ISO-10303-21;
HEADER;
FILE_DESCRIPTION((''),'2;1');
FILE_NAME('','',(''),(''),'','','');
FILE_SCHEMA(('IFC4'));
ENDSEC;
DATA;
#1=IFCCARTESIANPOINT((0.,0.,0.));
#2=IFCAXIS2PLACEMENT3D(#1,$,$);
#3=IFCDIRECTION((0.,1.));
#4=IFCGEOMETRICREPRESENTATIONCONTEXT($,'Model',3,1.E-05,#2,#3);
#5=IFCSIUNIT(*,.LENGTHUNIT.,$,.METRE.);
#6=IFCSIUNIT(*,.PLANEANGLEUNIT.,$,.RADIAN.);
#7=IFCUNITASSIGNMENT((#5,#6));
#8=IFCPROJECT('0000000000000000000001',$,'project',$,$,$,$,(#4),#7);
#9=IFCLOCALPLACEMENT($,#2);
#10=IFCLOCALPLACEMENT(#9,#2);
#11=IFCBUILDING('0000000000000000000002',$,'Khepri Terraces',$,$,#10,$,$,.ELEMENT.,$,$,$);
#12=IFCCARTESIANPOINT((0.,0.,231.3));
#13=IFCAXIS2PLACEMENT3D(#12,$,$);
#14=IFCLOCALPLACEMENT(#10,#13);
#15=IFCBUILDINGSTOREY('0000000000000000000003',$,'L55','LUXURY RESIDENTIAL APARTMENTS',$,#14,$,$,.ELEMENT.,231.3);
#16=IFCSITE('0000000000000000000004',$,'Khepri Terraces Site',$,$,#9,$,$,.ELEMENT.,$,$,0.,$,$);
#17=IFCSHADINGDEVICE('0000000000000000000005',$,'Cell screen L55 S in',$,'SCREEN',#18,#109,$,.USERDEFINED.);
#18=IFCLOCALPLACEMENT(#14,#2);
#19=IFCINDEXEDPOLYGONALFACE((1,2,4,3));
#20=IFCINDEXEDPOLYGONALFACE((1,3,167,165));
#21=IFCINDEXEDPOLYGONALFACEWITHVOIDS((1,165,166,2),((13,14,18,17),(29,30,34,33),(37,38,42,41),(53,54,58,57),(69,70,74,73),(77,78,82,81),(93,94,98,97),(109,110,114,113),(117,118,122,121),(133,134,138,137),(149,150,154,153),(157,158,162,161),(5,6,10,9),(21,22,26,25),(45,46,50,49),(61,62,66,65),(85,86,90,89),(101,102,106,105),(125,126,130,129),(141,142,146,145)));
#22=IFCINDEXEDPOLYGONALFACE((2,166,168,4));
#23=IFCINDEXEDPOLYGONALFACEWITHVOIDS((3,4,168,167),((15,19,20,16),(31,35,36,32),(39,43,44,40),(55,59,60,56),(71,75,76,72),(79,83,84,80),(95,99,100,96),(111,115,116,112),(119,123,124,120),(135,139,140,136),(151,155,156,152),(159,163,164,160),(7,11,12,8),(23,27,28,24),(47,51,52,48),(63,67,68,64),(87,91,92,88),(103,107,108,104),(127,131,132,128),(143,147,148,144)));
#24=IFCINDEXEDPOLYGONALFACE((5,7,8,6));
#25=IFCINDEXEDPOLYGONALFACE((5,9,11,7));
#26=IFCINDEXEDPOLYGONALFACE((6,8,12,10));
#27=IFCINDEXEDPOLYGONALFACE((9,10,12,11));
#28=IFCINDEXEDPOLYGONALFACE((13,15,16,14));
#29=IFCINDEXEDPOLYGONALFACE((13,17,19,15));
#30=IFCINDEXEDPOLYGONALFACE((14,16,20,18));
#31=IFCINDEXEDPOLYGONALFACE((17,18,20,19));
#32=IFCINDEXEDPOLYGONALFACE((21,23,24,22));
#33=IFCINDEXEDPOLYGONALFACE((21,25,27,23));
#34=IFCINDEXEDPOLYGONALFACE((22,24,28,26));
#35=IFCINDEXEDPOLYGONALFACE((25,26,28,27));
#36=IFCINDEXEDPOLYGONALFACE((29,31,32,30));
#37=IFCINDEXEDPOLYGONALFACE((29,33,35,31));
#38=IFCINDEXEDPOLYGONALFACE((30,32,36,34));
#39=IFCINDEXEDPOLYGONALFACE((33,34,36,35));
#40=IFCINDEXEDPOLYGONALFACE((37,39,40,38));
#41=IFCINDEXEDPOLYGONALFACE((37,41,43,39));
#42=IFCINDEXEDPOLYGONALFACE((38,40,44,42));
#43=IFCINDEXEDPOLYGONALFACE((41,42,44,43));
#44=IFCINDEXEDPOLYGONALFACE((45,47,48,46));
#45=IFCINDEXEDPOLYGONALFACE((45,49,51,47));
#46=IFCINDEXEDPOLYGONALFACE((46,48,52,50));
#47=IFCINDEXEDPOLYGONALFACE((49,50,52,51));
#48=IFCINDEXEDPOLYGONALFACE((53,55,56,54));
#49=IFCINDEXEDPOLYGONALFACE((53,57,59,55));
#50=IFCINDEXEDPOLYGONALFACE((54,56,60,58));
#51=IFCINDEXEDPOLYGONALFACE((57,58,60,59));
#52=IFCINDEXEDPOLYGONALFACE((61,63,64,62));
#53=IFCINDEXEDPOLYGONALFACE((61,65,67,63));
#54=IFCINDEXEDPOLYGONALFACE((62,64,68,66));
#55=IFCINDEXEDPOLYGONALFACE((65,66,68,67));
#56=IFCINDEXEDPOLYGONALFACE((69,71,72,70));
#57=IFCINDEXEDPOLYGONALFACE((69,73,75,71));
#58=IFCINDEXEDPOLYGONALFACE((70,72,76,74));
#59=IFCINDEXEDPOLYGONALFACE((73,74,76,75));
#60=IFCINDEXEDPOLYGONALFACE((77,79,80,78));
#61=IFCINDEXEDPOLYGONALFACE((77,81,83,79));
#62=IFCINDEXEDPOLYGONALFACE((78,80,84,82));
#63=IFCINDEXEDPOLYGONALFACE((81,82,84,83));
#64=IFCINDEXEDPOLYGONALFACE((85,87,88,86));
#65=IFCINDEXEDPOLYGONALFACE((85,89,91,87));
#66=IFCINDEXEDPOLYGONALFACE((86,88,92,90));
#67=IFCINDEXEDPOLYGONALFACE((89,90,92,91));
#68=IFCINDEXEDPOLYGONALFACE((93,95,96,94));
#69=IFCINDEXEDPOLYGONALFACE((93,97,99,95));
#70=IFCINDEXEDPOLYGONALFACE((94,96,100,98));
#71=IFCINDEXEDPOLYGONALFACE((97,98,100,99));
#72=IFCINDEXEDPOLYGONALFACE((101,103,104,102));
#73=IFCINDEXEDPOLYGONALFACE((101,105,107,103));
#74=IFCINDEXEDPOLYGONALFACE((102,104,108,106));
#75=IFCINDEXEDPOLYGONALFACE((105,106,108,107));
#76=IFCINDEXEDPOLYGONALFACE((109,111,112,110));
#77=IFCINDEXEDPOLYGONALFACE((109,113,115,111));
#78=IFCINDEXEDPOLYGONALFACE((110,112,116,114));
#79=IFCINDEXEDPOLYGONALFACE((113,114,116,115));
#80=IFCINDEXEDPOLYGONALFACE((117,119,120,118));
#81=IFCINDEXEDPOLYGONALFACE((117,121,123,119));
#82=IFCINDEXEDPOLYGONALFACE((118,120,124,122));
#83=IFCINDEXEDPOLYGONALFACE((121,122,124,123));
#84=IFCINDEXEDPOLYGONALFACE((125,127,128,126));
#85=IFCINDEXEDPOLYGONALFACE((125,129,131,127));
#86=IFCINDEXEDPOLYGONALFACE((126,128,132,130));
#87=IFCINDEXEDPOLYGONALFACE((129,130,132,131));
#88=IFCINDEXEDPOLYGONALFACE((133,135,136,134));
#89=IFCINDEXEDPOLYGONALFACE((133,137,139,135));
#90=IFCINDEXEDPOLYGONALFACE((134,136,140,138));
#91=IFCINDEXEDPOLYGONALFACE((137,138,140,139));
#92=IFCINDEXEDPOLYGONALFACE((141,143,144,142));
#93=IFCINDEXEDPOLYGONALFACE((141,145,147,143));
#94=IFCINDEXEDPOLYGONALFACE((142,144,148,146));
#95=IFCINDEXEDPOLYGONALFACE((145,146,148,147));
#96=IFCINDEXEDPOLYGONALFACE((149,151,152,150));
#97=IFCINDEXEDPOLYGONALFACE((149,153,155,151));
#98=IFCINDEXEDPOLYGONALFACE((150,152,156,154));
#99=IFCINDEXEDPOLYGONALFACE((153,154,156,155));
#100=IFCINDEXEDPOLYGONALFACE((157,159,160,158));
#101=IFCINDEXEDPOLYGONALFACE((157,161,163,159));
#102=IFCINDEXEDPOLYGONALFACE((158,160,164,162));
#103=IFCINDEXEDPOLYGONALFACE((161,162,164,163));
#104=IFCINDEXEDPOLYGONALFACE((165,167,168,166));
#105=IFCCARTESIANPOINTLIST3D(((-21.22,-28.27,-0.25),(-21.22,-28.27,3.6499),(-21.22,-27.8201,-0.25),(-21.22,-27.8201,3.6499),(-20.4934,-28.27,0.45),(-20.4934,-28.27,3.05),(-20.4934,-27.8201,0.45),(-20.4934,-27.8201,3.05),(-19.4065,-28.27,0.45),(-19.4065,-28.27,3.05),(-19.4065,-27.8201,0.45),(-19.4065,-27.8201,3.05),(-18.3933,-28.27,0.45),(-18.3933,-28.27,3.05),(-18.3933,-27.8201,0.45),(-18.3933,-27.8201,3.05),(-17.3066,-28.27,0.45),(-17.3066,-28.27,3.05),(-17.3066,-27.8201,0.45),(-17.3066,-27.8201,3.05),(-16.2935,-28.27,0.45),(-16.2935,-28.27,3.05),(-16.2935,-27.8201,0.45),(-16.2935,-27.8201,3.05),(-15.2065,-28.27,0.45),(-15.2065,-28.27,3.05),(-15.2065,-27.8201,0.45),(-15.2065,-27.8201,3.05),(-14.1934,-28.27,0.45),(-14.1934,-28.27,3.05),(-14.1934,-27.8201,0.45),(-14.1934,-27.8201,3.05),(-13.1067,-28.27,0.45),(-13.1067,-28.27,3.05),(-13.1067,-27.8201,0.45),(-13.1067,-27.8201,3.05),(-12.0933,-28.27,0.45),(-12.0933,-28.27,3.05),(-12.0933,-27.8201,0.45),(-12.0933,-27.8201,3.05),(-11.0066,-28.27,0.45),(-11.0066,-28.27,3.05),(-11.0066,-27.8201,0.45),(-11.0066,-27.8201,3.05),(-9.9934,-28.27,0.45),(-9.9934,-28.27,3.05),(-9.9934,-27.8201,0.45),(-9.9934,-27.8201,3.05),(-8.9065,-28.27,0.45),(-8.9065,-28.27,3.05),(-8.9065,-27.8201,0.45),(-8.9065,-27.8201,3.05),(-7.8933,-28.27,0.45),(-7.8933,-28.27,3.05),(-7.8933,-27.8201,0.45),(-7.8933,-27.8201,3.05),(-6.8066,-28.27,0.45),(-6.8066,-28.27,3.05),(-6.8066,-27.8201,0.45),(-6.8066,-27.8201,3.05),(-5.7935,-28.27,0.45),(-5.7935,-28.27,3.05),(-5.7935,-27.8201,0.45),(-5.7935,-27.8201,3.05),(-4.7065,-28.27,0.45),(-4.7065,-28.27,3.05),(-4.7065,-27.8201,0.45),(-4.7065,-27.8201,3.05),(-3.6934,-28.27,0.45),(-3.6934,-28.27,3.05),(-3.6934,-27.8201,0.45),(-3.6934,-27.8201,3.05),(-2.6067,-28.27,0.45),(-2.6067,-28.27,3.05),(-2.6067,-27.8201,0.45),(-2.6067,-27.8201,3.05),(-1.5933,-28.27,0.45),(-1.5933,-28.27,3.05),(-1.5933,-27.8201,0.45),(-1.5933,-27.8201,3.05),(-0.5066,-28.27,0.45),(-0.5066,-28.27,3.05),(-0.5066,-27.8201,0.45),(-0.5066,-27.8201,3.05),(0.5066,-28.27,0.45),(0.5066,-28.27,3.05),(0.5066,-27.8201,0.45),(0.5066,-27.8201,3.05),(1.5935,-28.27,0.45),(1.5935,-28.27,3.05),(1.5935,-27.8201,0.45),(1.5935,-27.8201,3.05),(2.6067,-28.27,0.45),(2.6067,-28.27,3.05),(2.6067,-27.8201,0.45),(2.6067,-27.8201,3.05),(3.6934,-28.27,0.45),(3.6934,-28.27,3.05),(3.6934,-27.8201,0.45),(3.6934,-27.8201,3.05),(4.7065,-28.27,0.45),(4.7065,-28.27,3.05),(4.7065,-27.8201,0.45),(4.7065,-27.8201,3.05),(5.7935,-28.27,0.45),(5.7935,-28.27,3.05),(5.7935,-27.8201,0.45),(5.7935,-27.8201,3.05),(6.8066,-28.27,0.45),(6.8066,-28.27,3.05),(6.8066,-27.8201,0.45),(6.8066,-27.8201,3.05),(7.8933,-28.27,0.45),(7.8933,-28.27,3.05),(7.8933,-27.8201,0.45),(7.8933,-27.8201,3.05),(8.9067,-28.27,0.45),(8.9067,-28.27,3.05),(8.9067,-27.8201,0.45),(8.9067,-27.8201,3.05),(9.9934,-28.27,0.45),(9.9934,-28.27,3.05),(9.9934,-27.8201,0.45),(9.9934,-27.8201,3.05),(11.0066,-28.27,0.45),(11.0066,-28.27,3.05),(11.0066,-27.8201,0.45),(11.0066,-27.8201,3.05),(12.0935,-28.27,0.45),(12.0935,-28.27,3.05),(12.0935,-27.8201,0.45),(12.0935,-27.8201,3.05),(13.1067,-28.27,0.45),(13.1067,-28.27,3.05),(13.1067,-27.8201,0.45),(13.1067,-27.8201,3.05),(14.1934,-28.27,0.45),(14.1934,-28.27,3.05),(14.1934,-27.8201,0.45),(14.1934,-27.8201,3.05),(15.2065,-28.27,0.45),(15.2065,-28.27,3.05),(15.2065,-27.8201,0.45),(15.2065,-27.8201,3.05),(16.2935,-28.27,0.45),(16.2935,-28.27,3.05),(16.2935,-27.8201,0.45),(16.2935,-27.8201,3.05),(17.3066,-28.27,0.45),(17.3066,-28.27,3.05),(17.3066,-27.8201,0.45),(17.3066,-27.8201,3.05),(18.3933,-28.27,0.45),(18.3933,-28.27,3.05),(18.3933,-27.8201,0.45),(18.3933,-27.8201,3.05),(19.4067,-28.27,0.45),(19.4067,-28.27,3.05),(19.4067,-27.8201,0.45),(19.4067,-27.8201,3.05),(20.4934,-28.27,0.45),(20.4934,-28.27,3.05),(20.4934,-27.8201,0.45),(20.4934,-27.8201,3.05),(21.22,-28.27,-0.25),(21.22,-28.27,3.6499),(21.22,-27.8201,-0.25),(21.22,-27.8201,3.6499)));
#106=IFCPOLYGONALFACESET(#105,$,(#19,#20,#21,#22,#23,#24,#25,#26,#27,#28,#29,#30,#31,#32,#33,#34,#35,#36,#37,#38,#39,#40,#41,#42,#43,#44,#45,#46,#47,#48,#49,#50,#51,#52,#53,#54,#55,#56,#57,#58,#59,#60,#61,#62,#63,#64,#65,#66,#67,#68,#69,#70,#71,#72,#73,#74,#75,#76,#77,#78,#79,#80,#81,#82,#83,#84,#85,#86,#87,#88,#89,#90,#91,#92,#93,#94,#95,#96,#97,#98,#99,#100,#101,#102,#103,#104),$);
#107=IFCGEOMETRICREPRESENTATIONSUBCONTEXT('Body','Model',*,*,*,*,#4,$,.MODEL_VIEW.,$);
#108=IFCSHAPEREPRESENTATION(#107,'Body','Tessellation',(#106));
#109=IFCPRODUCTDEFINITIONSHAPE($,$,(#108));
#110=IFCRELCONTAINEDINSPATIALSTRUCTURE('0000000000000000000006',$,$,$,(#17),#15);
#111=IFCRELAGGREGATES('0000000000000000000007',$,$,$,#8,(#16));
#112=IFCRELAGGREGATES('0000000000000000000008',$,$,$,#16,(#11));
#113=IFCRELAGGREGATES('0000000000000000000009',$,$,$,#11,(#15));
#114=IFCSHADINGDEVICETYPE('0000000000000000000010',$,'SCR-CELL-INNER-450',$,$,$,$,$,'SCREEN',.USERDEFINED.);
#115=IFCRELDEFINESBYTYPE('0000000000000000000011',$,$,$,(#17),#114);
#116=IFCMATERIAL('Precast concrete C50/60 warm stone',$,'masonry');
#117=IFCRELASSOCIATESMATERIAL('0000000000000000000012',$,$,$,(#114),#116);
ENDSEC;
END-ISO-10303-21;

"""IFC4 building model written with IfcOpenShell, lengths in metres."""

from ifc_helpers import new_model, si_unit, direction, frame, origin, place, context, subcontext, project, spatial, polyline, outline, extrude, material, type_object, element, save


model = new_model("IFC4")

# Units and contexts
model_context = context("Model", 3, precision=1e-05, world=origin(), true_north=direction((0.0, 1.0)))
body_context = subcontext(model_context, "Body", "Model", "MODEL_VIEW")
ifc_project = project(units=[si_unit("LENGTHUNIT", "METRE"), si_unit("PLANEANGLEUNIT", "RADIAN")], contexts=[model_context])

# Site, building, storey
site_placement = place(None, origin())
site = spatial("IfcSite", under=ifc_project, at=site_placement, Name="Khepri Terraces Site", CompositionType="ELEMENT", RefElevation=0.0)
building_placement = place(site_placement, origin())
building = spatial("IfcBuilding", under=site, at=building_placement, Name="Khepri Terraces", CompositionType="ELEMENT")
storey_placement = place(building_placement, frame((0.0, 0.0, 231.3)))
storey = spatial("IfcBuildingStorey", under=building, at=storey_placement, Name="L55", Description="LUXURY RESIDENTIAL APARTMENTS", CompositionType="ELEMENT", Elevation=231.3)

# Shared definitions
ifc_material_1 = material(Name="Precast concrete C50/60 warm stone", Category="masonry")

# Shading device
shading_device_type_1 = type_object("IfcShadingDeviceType", Name="SCR-CELL-INNER-450", ElementType="SCREEN", PredefinedType="USERDEFINED", material=ifc_material_1)
shading_device_1_placement = place(storey_placement, frame((-21.22, -27.8201, -0.25), z_axis=(0.0, -1.0, 0.0), x_axis=(1.0, 0.0, 0.0)))
element("IfcShadingDevice", 1, at=shading_device_1_placement, inside=storey, type_object=shading_device_type_1, Name="Cell screen L55 S in", ObjectType="SCREEN", PredefinedType="USERDEFINED", context=body_context, shape_type="SweptSolid", body=[
    extrude(outline(polyline([(0.0, 0.0), (42.4399, 0.0), (42.4399, 3.8999), (0.0, 3.8999), (0.0, 0.0)]), holes=[polyline([(0.7266, 0.7), (1.8135, 0.7), (1.8135, 3.3), (0.7266, 3.3), (0.7266, 0.7)]), polyline([(2.8267, 0.7), (3.9133, 0.7), (3.9133, 3.3), (2.8267, 3.3), (2.8267, 0.7)]), polyline([(4.9265, 0.7), (6.0134, 0.7), (6.0134, 3.3), (4.9265, 3.3), (4.9265, 0.7)]), polyline([(7.0266, 0.7), (8.1133, 0.7), (8.1133, 3.3), (7.0266, 3.3), (7.0266, 0.7)]), polyline([(9.1267, 0.7), (10.2134, 0.7), (10.2134, 3.3), (9.1267, 3.3), (9.1267, 0.7)]), polyline([(11.2266, 0.7), (12.3135, 0.7), (12.3135, 3.3), (11.2266, 3.3), (11.2266, 0.7)]), polyline([(13.3267, 0.7), (14.4133, 0.7), (14.4133, 3.3), (13.3267, 3.3), (13.3267, 0.7)]), polyline([(15.4265, 0.7), (16.5134, 0.7), (16.5134, 3.3), (15.4265, 3.3), (15.4265, 0.7)]), polyline([(17.5266, 0.7), (18.6133, 0.7), (18.6133, 3.3), (17.5266, 3.3), (17.5266, 0.7)]), polyline([(19.6267, 0.7), (20.7134, 0.7), (20.7134, 3.3), (19.6267, 3.3), (19.6267, 0.7)]), polyline([(21.7266, 0.7), (22.8135, 0.7), (22.8135, 3.3), (21.7266, 3.3), (21.7266, 0.7)]), polyline([(23.8267, 0.7), (24.9133, 0.7), (24.9133, 3.3), (23.8267, 3.3), (23.8267, 0.7)]), polyline([(25.9265, 0.7), (27.0134, 0.7), (27.0134, 3.3), (25.9265, 3.3), (25.9265, 0.7)]), polyline([(28.0266, 0.7), (29.1133, 0.7), (29.1133, 3.3), (28.0266, 3.3), (28.0266, 0.7)]), polyline([(30.1267, 0.7), (31.2134, 0.7), (31.2134, 3.3), (30.1267, 3.3), (30.1267, 0.7)]), polyline([(32.2266, 0.7), (33.3135, 0.7), (33.3135, 3.3), (32.2266, 3.3), (32.2266, 0.7)]), polyline([(34.3267, 0.7), (35.4133, 0.7), (35.4133, 3.3), (34.3267, 3.3), (34.3267, 0.7)]), polyline([(36.4265, 0.7), (37.5134, 0.7), (37.5134, 3.3), (36.4265, 3.3), (36.4265, 0.7)]), polyline([(38.5266, 0.7), (39.6133, 0.7), (39.6133, 3.3), (38.5266, 3.3), (38.5266, 0.7)]), polyline([(40.6267, 0.7), (41.7134, 0.7), (41.7134, 3.3), (40.6267, 3.3), (40.6267, 0.7)])]), origin(), (0.0, 0.0, 1.0), 0.45),
])

save(model, "model.ifc")
